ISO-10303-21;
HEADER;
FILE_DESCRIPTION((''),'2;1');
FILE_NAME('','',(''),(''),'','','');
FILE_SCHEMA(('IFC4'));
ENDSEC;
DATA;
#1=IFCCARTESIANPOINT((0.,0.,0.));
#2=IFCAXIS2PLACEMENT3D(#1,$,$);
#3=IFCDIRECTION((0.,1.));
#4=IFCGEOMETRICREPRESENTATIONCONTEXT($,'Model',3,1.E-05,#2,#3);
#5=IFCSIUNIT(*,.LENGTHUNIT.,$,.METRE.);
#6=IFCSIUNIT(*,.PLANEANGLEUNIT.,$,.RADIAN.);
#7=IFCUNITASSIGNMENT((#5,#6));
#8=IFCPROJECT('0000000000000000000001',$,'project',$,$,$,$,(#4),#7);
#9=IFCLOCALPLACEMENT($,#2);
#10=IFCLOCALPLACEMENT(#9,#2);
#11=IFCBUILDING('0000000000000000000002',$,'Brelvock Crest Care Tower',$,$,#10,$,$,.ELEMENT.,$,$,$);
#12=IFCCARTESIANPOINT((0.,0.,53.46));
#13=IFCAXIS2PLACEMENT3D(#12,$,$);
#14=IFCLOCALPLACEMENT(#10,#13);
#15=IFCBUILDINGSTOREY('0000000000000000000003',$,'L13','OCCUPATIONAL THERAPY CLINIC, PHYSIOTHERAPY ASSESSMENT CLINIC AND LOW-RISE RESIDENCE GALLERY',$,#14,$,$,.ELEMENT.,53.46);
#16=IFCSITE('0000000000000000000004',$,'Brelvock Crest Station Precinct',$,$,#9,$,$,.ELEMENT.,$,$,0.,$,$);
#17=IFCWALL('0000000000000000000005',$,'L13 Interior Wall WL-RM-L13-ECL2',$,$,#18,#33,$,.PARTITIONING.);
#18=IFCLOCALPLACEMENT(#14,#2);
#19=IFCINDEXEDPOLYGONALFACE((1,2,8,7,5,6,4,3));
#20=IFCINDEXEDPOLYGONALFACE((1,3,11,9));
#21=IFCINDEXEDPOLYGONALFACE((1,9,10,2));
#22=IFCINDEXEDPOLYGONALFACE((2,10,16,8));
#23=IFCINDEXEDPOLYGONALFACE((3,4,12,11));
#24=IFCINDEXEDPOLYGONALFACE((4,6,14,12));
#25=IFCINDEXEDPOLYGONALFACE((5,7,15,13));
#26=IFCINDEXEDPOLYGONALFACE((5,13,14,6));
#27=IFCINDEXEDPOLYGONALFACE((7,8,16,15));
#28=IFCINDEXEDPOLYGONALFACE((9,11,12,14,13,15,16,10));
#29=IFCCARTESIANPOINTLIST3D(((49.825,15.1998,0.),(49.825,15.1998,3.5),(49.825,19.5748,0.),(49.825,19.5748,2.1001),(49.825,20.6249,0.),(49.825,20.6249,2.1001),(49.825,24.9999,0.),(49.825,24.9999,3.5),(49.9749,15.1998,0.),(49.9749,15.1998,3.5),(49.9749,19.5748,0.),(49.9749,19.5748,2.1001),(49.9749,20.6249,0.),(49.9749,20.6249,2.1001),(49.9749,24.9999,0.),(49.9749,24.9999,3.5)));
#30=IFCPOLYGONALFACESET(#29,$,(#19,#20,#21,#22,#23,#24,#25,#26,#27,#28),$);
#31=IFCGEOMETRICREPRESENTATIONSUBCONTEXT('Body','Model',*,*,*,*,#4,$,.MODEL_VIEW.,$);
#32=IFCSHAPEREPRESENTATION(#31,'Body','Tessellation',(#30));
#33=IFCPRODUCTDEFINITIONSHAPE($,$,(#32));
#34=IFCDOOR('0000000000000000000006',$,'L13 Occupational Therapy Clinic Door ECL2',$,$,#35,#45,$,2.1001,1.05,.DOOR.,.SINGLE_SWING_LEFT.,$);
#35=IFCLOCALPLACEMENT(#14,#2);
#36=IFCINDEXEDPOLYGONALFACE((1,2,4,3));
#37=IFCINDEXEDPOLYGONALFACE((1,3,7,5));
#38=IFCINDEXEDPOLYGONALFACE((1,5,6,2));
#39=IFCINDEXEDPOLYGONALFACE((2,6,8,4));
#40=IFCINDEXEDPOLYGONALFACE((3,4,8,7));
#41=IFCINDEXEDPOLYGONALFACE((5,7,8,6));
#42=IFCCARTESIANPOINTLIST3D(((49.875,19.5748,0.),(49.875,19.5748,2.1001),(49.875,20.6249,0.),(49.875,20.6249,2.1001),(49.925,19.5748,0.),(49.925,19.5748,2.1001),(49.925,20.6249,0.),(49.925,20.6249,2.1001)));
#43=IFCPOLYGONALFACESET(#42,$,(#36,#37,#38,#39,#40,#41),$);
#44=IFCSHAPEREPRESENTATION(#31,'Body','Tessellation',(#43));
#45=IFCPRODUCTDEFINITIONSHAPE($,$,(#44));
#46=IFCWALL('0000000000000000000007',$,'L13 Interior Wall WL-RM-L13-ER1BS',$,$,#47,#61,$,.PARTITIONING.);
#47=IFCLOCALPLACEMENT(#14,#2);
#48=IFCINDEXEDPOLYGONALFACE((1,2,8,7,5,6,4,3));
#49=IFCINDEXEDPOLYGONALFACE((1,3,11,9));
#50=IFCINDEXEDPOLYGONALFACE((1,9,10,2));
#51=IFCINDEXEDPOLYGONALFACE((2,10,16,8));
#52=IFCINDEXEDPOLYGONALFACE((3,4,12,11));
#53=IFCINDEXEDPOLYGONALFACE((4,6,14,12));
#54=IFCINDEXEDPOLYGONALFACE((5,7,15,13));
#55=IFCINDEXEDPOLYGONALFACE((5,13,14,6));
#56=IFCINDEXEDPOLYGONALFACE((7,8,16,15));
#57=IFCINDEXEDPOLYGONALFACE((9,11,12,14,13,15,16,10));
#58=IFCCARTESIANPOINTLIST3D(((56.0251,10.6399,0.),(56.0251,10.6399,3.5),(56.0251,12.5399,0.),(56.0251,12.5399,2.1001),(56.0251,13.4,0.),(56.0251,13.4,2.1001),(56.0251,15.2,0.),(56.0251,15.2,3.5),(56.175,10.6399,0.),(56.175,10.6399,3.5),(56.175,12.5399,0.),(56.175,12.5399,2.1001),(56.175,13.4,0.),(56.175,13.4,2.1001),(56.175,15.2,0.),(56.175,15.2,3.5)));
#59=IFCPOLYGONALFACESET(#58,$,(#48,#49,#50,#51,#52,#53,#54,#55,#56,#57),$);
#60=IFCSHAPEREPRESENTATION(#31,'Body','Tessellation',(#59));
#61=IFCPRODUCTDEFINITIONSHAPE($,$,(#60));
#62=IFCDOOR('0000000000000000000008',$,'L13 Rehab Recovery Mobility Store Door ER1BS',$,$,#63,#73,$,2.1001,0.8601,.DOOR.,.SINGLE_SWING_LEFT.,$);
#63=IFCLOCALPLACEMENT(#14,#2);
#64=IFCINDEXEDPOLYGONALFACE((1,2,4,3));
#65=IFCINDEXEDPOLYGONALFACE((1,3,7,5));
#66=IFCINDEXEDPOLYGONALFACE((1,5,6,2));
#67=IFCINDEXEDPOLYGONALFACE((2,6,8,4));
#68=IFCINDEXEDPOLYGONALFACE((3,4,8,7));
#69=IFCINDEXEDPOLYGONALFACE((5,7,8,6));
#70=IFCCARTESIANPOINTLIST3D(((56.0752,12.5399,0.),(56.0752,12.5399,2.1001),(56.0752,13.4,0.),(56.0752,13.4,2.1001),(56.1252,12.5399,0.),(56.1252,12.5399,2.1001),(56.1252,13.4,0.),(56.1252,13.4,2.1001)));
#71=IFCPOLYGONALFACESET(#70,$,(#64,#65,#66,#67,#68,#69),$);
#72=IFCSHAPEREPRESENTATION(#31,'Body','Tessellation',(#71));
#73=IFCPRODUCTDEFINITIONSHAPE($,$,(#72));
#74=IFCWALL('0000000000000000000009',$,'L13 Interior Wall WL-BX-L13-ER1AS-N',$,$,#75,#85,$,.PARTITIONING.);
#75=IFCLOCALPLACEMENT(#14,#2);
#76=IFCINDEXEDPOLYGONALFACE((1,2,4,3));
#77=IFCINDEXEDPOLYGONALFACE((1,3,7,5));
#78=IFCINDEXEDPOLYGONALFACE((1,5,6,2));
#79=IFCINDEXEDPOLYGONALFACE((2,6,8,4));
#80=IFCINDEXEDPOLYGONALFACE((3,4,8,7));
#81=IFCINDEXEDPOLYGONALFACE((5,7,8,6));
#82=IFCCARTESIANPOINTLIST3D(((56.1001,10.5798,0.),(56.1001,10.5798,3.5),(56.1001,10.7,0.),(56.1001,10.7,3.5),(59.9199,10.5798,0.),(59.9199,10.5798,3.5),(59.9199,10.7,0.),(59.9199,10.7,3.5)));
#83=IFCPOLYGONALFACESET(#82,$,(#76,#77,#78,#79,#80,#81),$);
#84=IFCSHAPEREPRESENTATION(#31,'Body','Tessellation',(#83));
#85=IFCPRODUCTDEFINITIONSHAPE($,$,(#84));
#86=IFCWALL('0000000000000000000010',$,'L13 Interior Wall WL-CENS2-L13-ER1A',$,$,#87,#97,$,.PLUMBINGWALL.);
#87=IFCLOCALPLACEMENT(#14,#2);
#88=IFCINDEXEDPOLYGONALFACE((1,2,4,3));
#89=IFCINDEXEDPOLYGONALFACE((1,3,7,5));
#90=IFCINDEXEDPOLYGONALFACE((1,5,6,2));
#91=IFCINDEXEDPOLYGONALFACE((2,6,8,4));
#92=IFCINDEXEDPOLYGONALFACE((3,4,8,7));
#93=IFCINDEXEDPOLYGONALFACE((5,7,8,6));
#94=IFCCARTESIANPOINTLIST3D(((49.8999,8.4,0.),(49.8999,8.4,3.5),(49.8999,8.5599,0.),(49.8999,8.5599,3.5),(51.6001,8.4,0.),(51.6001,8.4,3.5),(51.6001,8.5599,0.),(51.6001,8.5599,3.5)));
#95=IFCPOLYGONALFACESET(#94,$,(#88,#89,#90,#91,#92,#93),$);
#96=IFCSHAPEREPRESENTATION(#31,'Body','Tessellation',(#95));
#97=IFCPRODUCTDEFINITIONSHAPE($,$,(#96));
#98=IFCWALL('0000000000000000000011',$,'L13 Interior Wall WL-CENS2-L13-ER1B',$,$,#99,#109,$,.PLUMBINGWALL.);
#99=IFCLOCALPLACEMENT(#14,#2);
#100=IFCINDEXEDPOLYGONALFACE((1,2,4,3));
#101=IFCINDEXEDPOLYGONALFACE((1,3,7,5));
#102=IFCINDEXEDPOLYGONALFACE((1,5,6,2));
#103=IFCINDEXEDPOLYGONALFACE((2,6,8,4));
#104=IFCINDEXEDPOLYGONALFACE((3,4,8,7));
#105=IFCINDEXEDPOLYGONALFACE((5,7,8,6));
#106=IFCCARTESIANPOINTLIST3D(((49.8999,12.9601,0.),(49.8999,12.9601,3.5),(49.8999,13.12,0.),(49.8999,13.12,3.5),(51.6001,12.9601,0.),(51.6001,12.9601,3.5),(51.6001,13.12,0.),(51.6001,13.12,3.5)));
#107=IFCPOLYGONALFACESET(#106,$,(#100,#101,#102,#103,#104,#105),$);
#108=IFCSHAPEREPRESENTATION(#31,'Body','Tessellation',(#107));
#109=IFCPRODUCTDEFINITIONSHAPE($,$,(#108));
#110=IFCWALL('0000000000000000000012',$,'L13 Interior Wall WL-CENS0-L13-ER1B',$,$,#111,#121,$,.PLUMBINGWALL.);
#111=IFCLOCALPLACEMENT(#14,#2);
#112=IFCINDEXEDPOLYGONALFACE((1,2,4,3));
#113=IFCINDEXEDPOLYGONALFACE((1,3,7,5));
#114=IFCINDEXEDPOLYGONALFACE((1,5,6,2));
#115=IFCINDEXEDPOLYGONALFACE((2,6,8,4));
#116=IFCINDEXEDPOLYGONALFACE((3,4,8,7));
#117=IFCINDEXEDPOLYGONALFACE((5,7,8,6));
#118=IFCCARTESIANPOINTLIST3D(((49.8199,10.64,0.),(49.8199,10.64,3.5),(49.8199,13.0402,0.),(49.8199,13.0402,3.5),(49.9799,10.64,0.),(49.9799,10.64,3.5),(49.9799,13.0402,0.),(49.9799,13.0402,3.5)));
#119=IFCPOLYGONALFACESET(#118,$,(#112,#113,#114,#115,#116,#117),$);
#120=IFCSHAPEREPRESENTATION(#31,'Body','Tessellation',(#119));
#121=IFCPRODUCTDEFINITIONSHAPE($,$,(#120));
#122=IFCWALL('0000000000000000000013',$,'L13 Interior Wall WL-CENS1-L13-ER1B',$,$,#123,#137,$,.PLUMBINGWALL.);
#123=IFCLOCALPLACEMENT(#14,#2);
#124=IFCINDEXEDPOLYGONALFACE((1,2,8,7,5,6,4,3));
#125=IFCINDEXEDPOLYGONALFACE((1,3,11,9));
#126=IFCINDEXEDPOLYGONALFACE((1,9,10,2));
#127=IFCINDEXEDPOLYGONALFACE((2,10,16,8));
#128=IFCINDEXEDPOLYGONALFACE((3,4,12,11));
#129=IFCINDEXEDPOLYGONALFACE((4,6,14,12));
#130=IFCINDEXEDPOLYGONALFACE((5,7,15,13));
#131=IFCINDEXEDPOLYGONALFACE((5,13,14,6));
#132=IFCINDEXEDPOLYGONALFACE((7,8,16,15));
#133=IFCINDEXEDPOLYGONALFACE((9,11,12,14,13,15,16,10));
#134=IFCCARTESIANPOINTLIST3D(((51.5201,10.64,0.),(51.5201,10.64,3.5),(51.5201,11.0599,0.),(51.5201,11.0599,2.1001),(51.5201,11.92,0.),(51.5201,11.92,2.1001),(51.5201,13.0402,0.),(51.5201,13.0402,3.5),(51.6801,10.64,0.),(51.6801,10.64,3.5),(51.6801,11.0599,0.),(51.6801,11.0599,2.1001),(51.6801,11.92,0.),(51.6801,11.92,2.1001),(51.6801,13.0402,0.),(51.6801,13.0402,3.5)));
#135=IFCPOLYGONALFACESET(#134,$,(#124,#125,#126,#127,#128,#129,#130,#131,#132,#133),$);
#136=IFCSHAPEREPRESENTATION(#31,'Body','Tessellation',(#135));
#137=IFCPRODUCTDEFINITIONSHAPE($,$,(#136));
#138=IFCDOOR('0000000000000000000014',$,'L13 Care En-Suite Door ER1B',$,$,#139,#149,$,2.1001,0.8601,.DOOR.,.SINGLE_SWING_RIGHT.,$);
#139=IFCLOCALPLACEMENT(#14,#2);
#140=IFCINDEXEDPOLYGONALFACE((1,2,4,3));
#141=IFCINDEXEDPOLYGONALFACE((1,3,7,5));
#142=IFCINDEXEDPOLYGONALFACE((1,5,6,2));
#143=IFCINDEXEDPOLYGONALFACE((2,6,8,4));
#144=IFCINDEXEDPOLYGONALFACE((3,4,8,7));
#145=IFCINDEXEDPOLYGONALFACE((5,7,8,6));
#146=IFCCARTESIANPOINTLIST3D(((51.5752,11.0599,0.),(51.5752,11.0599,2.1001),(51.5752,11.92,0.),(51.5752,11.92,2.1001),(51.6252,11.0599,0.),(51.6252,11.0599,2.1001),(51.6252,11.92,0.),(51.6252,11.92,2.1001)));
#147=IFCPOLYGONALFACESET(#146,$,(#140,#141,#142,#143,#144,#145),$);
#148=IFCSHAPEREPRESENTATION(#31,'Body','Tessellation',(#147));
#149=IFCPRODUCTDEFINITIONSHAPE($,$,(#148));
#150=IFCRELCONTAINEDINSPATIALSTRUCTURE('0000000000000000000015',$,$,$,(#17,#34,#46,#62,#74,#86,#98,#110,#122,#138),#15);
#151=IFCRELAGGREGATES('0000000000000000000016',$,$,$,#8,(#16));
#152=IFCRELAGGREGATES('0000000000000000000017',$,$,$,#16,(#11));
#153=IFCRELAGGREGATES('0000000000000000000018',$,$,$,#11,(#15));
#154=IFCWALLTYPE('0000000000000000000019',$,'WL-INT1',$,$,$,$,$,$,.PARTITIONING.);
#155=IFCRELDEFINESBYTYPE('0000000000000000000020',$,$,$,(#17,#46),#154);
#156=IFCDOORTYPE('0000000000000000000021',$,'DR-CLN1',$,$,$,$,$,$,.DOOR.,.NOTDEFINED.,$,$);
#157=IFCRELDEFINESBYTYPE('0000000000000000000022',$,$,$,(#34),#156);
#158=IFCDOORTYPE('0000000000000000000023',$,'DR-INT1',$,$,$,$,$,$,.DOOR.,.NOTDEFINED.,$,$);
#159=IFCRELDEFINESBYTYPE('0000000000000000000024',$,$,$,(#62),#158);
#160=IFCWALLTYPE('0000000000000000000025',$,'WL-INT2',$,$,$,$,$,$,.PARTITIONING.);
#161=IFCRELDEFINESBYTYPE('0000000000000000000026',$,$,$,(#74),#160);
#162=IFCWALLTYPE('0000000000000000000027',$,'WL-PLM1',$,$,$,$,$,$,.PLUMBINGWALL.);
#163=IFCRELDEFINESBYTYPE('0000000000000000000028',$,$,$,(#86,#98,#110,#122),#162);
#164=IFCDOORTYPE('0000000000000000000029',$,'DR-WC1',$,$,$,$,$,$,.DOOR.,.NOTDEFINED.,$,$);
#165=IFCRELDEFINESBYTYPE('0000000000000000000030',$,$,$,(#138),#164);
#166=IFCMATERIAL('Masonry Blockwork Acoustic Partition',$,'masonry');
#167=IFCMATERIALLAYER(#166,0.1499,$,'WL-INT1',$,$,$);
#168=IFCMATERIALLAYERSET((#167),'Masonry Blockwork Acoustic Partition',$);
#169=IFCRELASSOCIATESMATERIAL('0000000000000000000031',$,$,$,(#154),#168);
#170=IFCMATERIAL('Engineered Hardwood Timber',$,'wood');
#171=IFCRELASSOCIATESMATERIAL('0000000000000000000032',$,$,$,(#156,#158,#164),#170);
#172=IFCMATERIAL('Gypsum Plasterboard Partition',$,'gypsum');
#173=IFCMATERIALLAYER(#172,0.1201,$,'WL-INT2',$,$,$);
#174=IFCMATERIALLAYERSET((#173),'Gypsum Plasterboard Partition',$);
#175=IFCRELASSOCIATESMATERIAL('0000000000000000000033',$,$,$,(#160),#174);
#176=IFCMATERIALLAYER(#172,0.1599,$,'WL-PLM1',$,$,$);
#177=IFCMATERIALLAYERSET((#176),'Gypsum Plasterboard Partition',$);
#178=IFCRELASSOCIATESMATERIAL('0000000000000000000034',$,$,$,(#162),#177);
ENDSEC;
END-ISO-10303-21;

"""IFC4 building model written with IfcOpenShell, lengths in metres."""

from ifc_helpers import new_model, si_unit, direction, frame, frame_2d, origin, origin_2d, place, context, subcontext, project, spatial, rectangle, extrude, source, transform, mapped, material, layer, layer_set, type_object, element, fill, save


model = new_model("IFC4")

# Units and contexts
model_context = context("Model", 3, precision=1e-05, world=origin(), true_north=direction((0.0, 1.0)))
body_context = subcontext(model_context, "Body", "Model", "MODEL_VIEW")
ifc_project = project(units=[si_unit("LENGTHUNIT", "METRE"), si_unit("PLANEANGLEUNIT", "RADIAN")], contexts=[model_context])

# Site, building, storey
site_placement = place(None, origin())
site = spatial("IfcSite", under=ifc_project, at=site_placement, Name="Brelvock Crest Station Precinct", CompositionType="ELEMENT", RefElevation=0.0)
building_placement = place(site_placement, origin())
building = spatial("IfcBuilding", under=site, at=building_placement, Name="Brelvock Crest Care Tower", CompositionType="ELEMENT")
storey_placement = place(building_placement, frame((0.0, 0.0, 53.46)))
storey = spatial("IfcBuildingStorey", under=building, at=storey_placement, Name="L13", Description="OCCUPATIONAL THERAPY CLINIC, PHYSIOTHERAPY ASSESSMENT CLINIC AND LOW-RISE RESIDENCE GALLERY", CompositionType="ELEMENT", Elevation=53.46)

# Shared definitions
ifc_material_1 = material(Name="Masonry Blockwork Acoustic Partition", Category="masonry")
ifc_layer_1 = layer(ifc_material_1, 0.1499, Name="WL-INT1")
ifc_layer_set_1 = layer_set([ifc_layer_1], Name="Masonry Blockwork Acoustic Partition")
wall_type_1 = type_object("IfcWallType", Name="WL-INT1", PredefinedType="PARTITIONING", material=ifc_layer_set_1)

# Walls, openings, doors
ifc_material_2 = material(Name="Engineered Hardwood Timber", Category="wood")
wall_1_placement = place(storey_placement, frame((49.8999, 15.2, 0.0), z_axis=(0.0, 0.0, 1.0), x_axis=(0.0, 1.0, 0.0)))
wall_1 = element("IfcWall", 1, at=wall_1_placement, inside=storey, type_object=wall_type_1, Name="L13 Interior Wall WL-RM-L13-ECL2", PredefinedType="PARTITIONING", context=body_context, shape_type="SweptSolid", body=[
    extrude(rectangle(XDim=9.8, YDim=0.1499, at=frame_2d((4.8999, 0.0))), origin(), (0.0, 0.0, 1.0), 3.5),
])
opening_1_placement = place(wall_1_placement, frame((4.375, 0.0, 0.0)))
opening_1 = element("IfcOpeningElement", 2, at=opening_1_placement, cuts=wall_1, PredefinedType="OPENING", context=body_context, shape_type="SweptSolid", body=[
    extrude(rectangle(XDim=1.05, YDim=2.1001, at=origin_2d()), frame((0.5249, 0.085, 1.05), z_axis=(0.0, -1.0, 0.0), x_axis=(1.0, 0.0, 0.0)), (0.0, 0.0, 1.0), 0.1699),
])
door_type_1 = type_object("IfcDoorType", Name="DR-CLN1", OperationType="NOTDEFINED", PredefinedType="DOOR", material=ifc_material_2)
shared_shape_1 = source(origin(), body_context, "Body", "SweptSolid", [
    extrude(rectangle(XDim=1.05, YDim=2.1001, at=origin_2d()), frame((0.5249, 0.0249, 1.05), z_axis=(0.0, -1.0, 0.0), x_axis=(1.0, 0.0, 0.0)), (0.0, 0.0, 1.0), 0.05),
])
door_1_placement = place(opening_1_placement, origin())
door_1 = element("IfcDoor", 3, at=door_1_placement, inside=storey, type_object=door_type_1, Name="L13 Occupational Therapy Clinic Door ECL2", OperationType="SINGLE_SWING_LEFT", OverallHeight=2.1001, OverallWidth=1.05, PredefinedType="DOOR", context=body_context, shape_type="MappedRepresentation", body=[
    mapped(shared_shape_1, transform((0.0, 0.0, 0.0), x_axis=(1.0, 0.0, 0.0), y_axis=(0.0, 1.0, 0.0), z_axis=(0.0, 0.0, 1.0), scale=1.0)),
])
fill(opening_1, door_1)
wall_2_placement = place(storey_placement, frame((56.1001, 10.6399, 0.0), z_axis=(0.0, 0.0, 1.0), x_axis=(0.0, 1.0, 0.0)))
wall_2 = element("IfcWall", 4, at=wall_2_placement, inside=storey, type_object=wall_type_1, Name="L13 Interior Wall WL-RM-L13-ER1BS", PredefinedType="PARTITIONING", context=body_context, shape_type="SweptSolid", body=[
    extrude(rectangle(XDim=4.5601, YDim=0.1499, at=frame_2d((2.28, 0.0))), origin(), (0.0, 0.0, 1.0), 3.5),
])
opening_2_placement = place(wall_2_placement, frame((1.8999, 0.0, 0.0)))
opening_2 = element("IfcOpeningElement", 5, at=opening_2_placement, cuts=wall_2, PredefinedType="OPENING", context=body_context, shape_type="SweptSolid", body=[
    extrude(rectangle(XDim=0.8601, YDim=2.1001, at=origin_2d()), frame((0.4302, 0.085, 1.05), z_axis=(0.0, -1.0, 0.0), x_axis=(1.0, 0.0, 0.0)), (0.0, 0.0, 1.0), 0.1699),
])
door_type_2 = type_object("IfcDoorType", Name="DR-INT1", OperationType="NOTDEFINED", PredefinedType="DOOR", material=ifc_material_2)
shared_shape_2 = source(origin(), body_context, "Body", "SweptSolid", [
    extrude(rectangle(XDim=0.8601, YDim=2.1001, at=origin_2d()), frame((0.4302, 0.0249, 1.05), z_axis=(0.0, -1.0, 0.0), x_axis=(1.0, 0.0, 0.0)), (0.0, 0.0, 1.0), 0.05),
])
door_2_placement = place(opening_2_placement, origin())
door_2 = element("IfcDoor", 6, at=door_2_placement, inside=storey, type_object=door_type_2, Name="L13 Rehab Recovery Mobility Store Door ER1BS", OperationType="SINGLE_SWING_LEFT", OverallHeight=2.1001, OverallWidth=0.8601, PredefinedType="DOOR", context=body_context, shape_type="MappedRepresentation", body=[
    mapped(shared_shape_2, transform((0.0, 0.0, 0.0), x_axis=(1.0, 0.0, 0.0), y_axis=(0.0, 1.0, 0.0), z_axis=(0.0, 0.0, 1.0), scale=1.0)),
])
fill(opening_2, door_2)

# Walls
ifc_material_3 = material(Name="Gypsum Plasterboard Partition", Category="gypsum")
ifc_layer_2 = layer(ifc_material_3, 0.1201, Name="WL-INT2")
ifc_layer_set_2 = layer_set([ifc_layer_2], Name="Gypsum Plasterboard Partition")
wall_type_2 = type_object("IfcWallType", Name="WL-INT2", PredefinedType="PARTITIONING", material=ifc_layer_set_2)
wall_3_placement = place(storey_placement, frame((56.1001, 10.6399, 0.0), z_axis=(0.0, 0.0, 1.0), x_axis=(1.0, 0.0, 0.0)))
element("IfcWall", 7, at=wall_3_placement, inside=storey, type_object=wall_type_2, Name="L13 Interior Wall WL-BX-L13-ER1AS-N", PredefinedType="PARTITIONING", context=body_context, shape_type="SweptSolid", body=[
    extrude(rectangle(XDim=3.8198, YDim=0.1201, at=frame_2d((1.9099, 0.0))), origin(), (0.0, 0.0, 1.0), 3.5),
])
ifc_layer_3 = layer(ifc_material_3, 0.1599, Name="WL-PLM1")
ifc_layer_set_3 = layer_set([ifc_layer_3], Name="Gypsum Plasterboard Partition")
wall_type_3 = type_object("IfcWallType", Name="WL-PLM1", PredefinedType="PLUMBINGWALL", material=ifc_layer_set_3)
for number, where, z_axis, x_axis, name in (
    (8, (49.8999, 8.48, 0.0), (0.0, 0.0, 1.0), (1.0, 0.0, 0.0), "L13 Interior Wall WL-CENS2-L13-ER1A"),
    (9, (49.8999, 13.04, 0.0), (0.0, 0.0, 1.0), (1.0, 0.0, 0.0), "L13 Interior Wall WL-CENS2-L13-ER1B"),
):
    element("IfcWall", number, at=place(storey_placement, frame(where, z_axis=z_axis, x_axis=x_axis)), inside=storey, type_object=wall_type_3, Name=name, PredefinedType="PLUMBINGWALL", context=body_context, shape_type="SweptSolid", body=[
        extrude(rectangle(XDim=1.7002, YDim=0.1599, at=frame_2d((0.8501, 0.0))), origin(), (0.0, 0.0, 1.0), 3.5),
    ])
wall_4_placement = place(storey_placement, frame((49.8999, 10.6399, 0.0), z_axis=(0.0, 0.0, 1.0), x_axis=(0.0, 1.0, 0.0)))
element("IfcWall", 10, at=wall_4_placement, inside=storey, type_object=wall_type_3, Name="L13 Interior Wall WL-CENS0-L13-ER1B", PredefinedType="PLUMBINGWALL", context=body_context, shape_type="SweptSolid", body=[
    extrude(rectangle(XDim=2.4001, YDim=0.1599, at=frame_2d((1.2002, 0.0))), origin(), (0.0, 0.0, 1.0), 3.5),
])

# Wall, opening, door
wall_5_placement = place(storey_placement, frame((51.6001, 10.6399, 0.0), z_axis=(0.0, 0.0, 1.0), x_axis=(0.0, 1.0, 0.0)))
wall_5 = element("IfcWall", 11, at=wall_5_placement, inside=storey, type_object=wall_type_3, Name="L13 Interior Wall WL-CENS1-L13-ER1B", PredefinedType="PLUMBINGWALL", context=body_context, shape_type="SweptSolid", body=[
    extrude(rectangle(XDim=2.4001, YDim=0.1599, at=frame_2d((1.2002, 0.0))), origin(), (0.0, 0.0, 1.0), 3.5),
])
opening_3_placement = place(wall_5_placement, frame((0.4199, 0.0, 0.0)))
opening_3 = element("IfcOpeningElement", 12, at=opening_3_placement, cuts=wall_5, PredefinedType="OPENING", context=body_context, shape_type="SweptSolid", body=[
    extrude(rectangle(XDim=0.8601, YDim=2.1001, at=origin_2d()), frame((0.4302, 0.0898, 1.05), z_axis=(0.0, -1.0, 0.0), x_axis=(1.0, 0.0, 0.0)), (0.0, 0.0, 1.0), 0.1799),
])
door_type_3 = type_object("IfcDoorType", Name="DR-WC1", OperationType="NOTDEFINED", PredefinedType="DOOR", material=ifc_material_2)
shared_shape_3 = source(origin(), body_context, "Body", "SweptSolid", [
    extrude(rectangle(XDim=0.8601, YDim=2.1001, at=origin_2d()), frame((0.4302, 0.0249, 1.05), z_axis=(0.0, -1.0, 0.0), x_axis=(1.0, 0.0, 0.0)), (0.0, 0.0, 1.0), 0.05),
])
door_3_placement = place(opening_3_placement, origin())
door_3 = element("IfcDoor", 13, at=door_3_placement, inside=storey, type_object=door_type_3, Name="L13 Care En-Suite Door ER1B", OperationType="SINGLE_SWING_RIGHT", OverallHeight=2.1001, OverallWidth=0.8601, PredefinedType="DOOR", context=body_context, shape_type="MappedRepresentation", body=[
    mapped(shared_shape_3, transform((0.0, 0.0, 0.0), x_axis=(1.0, 0.0, 0.0), y_axis=(0.0, 1.0, 0.0), z_axis=(0.0, 0.0, 1.0), scale=1.0)),
])
fill(opening_3, door_3)

save(model, "model.ifc")
